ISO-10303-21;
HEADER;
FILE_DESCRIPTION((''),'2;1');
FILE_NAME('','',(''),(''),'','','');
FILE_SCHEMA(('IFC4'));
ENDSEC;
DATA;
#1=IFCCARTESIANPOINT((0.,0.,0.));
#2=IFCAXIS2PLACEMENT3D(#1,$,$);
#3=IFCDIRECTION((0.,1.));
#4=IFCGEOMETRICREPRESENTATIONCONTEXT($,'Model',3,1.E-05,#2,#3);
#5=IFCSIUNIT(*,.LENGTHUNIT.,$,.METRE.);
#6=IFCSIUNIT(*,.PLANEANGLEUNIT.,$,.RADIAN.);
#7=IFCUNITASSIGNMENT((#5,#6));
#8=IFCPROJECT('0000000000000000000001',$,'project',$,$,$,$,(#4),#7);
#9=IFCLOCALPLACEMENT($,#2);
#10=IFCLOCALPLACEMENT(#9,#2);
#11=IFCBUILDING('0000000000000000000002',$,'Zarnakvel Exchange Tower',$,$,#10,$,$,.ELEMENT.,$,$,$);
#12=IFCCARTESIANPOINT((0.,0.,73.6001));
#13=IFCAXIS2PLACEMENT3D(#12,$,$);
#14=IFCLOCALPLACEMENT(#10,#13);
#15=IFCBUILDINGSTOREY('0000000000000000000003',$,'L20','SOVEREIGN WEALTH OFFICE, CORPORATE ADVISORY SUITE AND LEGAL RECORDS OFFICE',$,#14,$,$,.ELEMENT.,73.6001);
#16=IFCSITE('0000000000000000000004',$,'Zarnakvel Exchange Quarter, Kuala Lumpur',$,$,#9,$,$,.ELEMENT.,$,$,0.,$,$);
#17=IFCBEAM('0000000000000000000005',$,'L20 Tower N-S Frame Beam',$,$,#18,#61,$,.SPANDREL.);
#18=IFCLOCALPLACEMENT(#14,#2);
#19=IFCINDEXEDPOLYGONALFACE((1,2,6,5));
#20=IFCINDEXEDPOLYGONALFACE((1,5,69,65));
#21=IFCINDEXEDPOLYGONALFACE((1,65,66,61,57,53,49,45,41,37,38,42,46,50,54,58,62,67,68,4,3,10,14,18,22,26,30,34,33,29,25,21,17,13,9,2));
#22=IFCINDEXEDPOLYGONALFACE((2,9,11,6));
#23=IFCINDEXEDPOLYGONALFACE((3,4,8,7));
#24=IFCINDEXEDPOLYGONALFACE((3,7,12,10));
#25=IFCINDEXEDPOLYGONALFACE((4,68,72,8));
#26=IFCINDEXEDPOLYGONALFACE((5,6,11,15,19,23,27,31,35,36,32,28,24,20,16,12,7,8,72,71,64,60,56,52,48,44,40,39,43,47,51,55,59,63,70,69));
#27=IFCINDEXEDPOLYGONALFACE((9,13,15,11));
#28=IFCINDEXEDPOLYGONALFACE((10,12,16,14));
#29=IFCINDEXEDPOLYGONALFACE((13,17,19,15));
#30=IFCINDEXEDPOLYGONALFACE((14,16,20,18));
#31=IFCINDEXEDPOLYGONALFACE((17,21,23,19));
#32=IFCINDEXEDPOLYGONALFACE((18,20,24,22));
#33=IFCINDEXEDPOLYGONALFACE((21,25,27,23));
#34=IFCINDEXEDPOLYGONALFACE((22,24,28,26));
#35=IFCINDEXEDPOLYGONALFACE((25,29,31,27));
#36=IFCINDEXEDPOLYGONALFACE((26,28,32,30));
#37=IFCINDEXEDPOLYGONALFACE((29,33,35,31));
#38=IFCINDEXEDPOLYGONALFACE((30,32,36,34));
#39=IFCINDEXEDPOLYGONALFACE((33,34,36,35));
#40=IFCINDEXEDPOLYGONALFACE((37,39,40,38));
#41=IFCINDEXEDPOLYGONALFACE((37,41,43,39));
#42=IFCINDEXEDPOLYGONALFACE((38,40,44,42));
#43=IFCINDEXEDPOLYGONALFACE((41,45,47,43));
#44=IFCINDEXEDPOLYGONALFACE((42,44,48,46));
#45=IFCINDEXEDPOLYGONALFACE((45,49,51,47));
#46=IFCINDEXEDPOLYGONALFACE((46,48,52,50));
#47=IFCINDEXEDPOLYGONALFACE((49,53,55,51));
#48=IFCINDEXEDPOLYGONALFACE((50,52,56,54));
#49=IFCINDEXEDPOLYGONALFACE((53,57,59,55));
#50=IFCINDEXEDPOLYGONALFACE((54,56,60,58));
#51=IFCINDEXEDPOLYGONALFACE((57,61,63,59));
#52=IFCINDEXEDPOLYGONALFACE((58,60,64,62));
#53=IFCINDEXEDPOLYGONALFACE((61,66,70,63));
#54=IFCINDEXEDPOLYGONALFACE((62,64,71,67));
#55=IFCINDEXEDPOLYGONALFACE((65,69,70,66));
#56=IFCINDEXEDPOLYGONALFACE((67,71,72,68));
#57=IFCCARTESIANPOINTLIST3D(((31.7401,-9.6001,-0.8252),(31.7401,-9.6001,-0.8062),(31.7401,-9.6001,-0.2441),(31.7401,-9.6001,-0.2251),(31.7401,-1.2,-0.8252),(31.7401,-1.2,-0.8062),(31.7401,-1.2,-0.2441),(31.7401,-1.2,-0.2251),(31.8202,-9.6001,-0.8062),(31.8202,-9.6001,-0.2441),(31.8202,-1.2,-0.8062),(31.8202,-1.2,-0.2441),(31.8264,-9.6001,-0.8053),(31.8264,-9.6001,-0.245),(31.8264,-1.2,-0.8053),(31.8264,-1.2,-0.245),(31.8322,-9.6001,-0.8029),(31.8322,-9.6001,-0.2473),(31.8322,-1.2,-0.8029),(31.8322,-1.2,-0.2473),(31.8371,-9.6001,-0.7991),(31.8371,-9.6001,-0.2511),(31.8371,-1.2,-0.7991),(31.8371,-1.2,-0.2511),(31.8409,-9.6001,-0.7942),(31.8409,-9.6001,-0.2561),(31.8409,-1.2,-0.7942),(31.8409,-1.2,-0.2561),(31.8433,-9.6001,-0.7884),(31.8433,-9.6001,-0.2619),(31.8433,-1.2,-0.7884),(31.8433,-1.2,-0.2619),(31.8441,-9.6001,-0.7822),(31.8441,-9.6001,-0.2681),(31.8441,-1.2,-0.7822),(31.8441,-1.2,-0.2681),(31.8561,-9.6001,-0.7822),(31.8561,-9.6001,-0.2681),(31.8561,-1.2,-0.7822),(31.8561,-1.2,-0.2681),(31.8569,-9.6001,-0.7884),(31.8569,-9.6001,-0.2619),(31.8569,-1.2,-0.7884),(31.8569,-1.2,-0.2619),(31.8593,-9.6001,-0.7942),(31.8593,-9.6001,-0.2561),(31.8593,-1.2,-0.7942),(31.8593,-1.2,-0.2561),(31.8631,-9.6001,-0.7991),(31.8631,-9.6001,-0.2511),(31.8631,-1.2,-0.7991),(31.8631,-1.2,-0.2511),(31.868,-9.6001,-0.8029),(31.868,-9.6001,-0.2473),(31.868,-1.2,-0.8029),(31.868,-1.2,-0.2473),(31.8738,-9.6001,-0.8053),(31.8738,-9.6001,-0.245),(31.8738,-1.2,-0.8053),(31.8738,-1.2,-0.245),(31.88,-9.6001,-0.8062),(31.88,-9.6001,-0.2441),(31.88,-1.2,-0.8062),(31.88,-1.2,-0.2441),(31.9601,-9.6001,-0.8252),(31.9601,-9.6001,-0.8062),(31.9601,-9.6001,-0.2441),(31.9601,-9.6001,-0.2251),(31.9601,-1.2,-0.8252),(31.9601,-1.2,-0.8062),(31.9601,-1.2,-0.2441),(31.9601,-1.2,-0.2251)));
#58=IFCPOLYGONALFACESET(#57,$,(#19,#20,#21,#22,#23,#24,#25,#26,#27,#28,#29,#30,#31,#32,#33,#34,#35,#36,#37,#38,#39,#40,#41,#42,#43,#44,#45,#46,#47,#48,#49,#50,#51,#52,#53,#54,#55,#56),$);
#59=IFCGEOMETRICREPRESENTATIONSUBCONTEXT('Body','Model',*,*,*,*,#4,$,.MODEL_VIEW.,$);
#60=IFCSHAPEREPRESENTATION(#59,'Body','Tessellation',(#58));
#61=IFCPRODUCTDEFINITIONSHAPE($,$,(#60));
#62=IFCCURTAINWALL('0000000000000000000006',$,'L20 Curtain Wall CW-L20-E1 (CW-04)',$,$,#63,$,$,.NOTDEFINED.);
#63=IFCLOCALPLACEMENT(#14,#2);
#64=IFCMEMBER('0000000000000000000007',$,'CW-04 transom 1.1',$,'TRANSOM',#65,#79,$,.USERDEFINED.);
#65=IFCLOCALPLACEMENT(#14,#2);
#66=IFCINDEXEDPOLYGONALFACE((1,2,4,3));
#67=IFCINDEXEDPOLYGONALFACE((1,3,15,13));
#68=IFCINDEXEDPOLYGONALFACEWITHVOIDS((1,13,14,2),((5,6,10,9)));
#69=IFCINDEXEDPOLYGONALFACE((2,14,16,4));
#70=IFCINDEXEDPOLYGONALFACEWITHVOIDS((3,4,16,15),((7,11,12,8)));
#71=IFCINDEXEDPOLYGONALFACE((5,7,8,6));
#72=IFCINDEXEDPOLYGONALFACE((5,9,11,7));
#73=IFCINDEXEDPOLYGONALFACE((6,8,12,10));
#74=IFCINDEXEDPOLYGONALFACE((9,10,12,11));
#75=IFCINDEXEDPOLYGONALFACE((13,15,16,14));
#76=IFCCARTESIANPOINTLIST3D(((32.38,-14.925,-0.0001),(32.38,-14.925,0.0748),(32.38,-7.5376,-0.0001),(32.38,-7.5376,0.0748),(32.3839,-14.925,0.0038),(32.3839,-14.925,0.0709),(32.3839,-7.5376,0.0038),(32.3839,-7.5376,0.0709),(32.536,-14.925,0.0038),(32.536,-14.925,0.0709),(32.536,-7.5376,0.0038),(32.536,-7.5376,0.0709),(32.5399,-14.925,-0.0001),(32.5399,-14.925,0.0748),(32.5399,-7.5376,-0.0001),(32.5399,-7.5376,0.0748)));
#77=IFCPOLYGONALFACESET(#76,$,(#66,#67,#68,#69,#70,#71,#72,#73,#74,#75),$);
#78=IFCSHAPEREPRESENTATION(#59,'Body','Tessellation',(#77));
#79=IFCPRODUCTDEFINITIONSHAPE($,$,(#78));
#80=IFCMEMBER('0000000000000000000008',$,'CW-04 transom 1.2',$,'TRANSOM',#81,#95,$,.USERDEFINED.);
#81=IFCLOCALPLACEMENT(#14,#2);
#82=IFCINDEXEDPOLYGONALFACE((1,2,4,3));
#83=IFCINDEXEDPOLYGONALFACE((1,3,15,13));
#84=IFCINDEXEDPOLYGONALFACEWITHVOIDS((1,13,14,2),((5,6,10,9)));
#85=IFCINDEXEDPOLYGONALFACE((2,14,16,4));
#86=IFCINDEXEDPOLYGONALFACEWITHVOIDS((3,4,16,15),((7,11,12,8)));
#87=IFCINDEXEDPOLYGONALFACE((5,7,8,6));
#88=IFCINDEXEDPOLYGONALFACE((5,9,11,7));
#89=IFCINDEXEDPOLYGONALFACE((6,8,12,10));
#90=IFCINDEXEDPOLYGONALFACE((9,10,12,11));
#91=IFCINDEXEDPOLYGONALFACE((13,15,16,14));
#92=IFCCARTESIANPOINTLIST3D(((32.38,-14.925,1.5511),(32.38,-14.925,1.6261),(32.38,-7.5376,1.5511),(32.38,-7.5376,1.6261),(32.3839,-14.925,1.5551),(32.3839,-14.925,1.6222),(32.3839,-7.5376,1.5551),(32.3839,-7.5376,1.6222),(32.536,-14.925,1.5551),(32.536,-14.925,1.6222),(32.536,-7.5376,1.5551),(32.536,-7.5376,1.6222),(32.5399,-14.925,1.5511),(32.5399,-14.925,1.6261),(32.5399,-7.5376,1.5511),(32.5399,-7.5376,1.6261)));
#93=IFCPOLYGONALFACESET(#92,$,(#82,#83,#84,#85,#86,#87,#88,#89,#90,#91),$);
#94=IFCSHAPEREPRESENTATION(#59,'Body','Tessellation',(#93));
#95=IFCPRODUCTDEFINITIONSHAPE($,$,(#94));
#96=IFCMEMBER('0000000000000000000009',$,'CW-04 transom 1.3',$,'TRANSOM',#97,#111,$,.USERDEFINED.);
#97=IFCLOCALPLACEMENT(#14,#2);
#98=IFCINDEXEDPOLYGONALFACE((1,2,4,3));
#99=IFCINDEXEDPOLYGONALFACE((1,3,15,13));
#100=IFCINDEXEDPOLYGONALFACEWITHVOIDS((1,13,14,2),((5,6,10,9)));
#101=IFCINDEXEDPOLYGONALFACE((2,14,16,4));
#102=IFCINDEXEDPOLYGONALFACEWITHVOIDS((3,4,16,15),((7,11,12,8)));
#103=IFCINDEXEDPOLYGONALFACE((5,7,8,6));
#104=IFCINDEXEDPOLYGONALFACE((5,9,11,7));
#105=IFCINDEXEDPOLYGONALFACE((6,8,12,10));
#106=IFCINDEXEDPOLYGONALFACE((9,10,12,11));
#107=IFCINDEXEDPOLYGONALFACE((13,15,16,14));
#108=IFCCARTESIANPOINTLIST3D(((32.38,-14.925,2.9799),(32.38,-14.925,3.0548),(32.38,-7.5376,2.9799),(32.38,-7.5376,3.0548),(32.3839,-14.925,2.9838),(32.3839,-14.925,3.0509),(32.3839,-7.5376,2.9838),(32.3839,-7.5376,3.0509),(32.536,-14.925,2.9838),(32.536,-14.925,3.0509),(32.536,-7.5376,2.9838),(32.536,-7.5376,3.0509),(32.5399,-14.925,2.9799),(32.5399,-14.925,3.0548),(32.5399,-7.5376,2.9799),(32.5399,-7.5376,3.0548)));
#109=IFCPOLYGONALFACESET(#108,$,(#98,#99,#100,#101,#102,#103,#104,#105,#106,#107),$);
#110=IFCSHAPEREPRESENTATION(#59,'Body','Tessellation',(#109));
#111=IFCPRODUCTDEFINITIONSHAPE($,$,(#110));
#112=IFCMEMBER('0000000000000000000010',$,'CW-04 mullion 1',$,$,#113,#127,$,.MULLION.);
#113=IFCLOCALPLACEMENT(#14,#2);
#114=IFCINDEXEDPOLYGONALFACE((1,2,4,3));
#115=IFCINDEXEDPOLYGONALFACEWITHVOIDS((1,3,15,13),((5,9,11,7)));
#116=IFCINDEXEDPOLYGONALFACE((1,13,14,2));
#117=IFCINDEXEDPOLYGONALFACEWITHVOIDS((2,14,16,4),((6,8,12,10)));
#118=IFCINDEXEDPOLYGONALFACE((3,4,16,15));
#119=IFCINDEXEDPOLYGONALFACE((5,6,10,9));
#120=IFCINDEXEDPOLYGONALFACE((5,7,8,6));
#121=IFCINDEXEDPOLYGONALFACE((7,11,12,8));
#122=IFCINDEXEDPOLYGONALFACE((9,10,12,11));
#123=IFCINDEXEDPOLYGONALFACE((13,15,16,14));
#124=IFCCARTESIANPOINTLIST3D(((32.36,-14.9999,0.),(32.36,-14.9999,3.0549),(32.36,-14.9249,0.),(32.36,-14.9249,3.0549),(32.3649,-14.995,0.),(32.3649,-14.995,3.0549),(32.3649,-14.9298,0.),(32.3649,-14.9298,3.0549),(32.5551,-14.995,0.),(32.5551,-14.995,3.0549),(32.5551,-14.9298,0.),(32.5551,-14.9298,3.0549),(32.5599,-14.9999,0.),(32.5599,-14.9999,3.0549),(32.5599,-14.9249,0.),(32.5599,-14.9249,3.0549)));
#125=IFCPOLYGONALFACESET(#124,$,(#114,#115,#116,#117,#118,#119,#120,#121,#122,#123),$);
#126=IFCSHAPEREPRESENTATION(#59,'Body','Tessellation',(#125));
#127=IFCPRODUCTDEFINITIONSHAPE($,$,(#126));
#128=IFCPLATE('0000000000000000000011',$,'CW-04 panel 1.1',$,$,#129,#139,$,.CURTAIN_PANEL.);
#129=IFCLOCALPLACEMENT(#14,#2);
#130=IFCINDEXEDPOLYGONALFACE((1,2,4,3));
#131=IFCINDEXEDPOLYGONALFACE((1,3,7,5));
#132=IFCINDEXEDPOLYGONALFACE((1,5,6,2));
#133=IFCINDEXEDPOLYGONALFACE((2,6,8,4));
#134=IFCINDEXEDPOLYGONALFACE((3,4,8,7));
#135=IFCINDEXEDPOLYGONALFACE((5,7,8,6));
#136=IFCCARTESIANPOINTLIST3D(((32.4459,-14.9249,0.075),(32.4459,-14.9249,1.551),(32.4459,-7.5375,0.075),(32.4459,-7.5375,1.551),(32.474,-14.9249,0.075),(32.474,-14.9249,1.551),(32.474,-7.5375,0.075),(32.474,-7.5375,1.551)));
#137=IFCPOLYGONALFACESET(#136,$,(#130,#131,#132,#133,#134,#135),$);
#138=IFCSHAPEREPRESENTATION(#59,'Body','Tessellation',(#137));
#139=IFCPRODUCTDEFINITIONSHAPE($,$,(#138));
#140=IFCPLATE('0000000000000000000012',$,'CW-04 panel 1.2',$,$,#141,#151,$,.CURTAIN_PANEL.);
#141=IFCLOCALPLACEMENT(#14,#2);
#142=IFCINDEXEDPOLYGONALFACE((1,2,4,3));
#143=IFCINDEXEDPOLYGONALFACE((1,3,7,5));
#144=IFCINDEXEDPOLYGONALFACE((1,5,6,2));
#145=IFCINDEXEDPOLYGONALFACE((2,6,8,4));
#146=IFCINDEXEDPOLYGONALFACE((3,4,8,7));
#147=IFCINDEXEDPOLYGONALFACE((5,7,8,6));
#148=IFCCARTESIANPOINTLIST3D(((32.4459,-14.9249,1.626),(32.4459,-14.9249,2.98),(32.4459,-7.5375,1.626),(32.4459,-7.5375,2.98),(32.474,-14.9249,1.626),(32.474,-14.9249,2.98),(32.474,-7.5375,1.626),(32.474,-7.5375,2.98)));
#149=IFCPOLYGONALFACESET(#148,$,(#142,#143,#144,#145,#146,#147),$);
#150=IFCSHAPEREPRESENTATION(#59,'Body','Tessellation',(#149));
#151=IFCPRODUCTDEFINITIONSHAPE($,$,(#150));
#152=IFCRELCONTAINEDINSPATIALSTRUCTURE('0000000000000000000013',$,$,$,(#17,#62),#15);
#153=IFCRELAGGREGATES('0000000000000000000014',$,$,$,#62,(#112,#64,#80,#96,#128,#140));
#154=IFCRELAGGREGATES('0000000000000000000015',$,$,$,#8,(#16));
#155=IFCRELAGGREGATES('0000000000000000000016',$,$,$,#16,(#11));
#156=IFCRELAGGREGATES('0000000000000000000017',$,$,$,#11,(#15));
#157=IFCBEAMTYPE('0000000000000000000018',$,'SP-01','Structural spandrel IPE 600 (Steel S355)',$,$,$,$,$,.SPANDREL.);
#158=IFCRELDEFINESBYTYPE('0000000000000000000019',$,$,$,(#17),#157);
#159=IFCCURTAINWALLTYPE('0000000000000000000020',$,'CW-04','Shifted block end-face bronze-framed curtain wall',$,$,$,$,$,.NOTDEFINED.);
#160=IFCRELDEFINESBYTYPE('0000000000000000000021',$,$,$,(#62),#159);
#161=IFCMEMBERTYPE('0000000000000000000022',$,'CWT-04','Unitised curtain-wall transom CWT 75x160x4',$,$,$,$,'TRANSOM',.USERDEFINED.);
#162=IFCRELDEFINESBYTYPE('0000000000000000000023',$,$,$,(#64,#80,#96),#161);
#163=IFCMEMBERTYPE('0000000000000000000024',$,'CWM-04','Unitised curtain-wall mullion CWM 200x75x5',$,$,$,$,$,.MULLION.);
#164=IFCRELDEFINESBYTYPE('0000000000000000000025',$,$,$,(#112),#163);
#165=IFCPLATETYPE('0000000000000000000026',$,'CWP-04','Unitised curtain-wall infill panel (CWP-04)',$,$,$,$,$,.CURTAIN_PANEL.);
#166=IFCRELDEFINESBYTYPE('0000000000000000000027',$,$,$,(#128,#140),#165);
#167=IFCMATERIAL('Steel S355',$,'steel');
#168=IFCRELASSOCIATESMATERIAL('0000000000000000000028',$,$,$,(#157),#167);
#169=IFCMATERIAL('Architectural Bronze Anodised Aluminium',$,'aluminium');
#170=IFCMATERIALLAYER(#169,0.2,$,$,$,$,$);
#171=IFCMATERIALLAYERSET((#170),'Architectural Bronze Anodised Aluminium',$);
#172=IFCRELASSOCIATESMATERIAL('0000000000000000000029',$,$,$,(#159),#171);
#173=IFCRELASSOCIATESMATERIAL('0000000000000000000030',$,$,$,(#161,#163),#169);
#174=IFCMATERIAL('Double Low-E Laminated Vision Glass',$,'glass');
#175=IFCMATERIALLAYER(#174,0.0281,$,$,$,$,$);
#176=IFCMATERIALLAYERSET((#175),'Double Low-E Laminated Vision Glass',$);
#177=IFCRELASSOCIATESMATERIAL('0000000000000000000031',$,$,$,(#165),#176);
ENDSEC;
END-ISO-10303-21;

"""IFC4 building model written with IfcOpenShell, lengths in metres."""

from ifc_helpers import new_model, si_unit, direction, frame, origin, origin_2d, place, context, subcontext, project, spatial, rectangle, hollow_rectangle, i_section, extrude, source, transform, mapped, material, layer, layer_set, material_profile, profile_set, type_object, element, aggregate, save


model = new_model("IFC4")

# Units and contexts
model_context = context("Model", 3, precision=1e-05, world=origin(), true_north=direction((0.0, 1.0)))
body_context = subcontext(model_context, "Body", "Model", "MODEL_VIEW")
ifc_project = project(units=[si_unit("LENGTHUNIT", "METRE"), si_unit("PLANEANGLEUNIT", "RADIAN")], contexts=[model_context])

# Site, building, storey
site_placement = place(None, origin())
site = spatial("IfcSite", under=ifc_project, at=site_placement, Name="Zarnakvel Exchange Quarter, Kuala Lumpur", CompositionType="ELEMENT", RefElevation=0.0)
building_placement = place(site_placement, origin())
building = spatial("IfcBuilding", under=site, at=building_placement, Name="Zarnakvel Exchange Tower", CompositionType="ELEMENT")
storey_placement = place(building_placement, frame((0.0, 0.0, 73.6001)))
storey = spatial("IfcBuildingStorey", under=building, at=storey_placement, Name="L20", Description="SOVEREIGN WEALTH OFFICE, CORPORATE ADVISORY SUITE AND LEGAL RECORDS OFFICE", CompositionType="ELEMENT", Elevation=73.6001)

# Shared definitions
ifc_material_1 = material(Name="Steel S355", Category="steel")

# Beam
ifc_material_profile_1 = material_profile(ifc_material_1, i_section(OverallWidth=0.22, OverallDepth=0.6001, WebThickness=0.012, FlangeThickness=0.019, FilletRadius=0.0239, at=origin_2d()))
ifc_profile_set_1 = profile_set([ifc_material_profile_1], Name="Steel S355")
beam_type_1 = type_object("IfcBeamType", Name="SP-01", Description="Structural spandrel IPE 600 (Steel S355)", PredefinedType="SPANDREL", material=ifc_profile_set_1)
beam_1_placement = place(storey_placement, frame((31.8501, -9.6001, -0.5251), z_axis=(0.0, 1.0, 0.0), x_axis=(-1.0, 0.0, 0.0)))
element("IfcBeam", 1, at=beam_1_placement, inside=storey, type_object=beam_type_1, Name="L20 Tower N-S Frame Beam", PredefinedType="SPANDREL", context=body_context, shape_type="SweptSolid", body=[
    extrude(i_section(OverallWidth=0.22, OverallDepth=0.6001, WebThickness=0.012, FlangeThickness=0.019, FilletRadius=0.0239, at=origin_2d()), origin(), (0.0, 0.0, 1.0), 8.4001),
])

# Curtain wall, members, plates
ifc_material_2 = material(Name="Architectural Bronze Anodised Aluminium", Category="aluminium")
ifc_layer_1 = layer(ifc_material_2, 0.2)
ifc_layer_set_1 = layer_set([ifc_layer_1], Name="Architectural Bronze Anodised Aluminium")
curtain_wall_type = type_object("IfcCurtainWallType", Name="CW-04", Description="Shifted block end-face bronze-framed curtain wall", PredefinedType="NOTDEFINED", material=ifc_layer_set_1)
curtain_wall_placement = place(storey_placement, origin())
curtain_wall = element("IfcCurtainWall", 2, at=curtain_wall_placement, inside=storey, type_object=curtain_wall_type, Name="L20 Curtain Wall CW-L20-E1 (CW-04)", PredefinedType="NOTDEFINED")
ifc_material_profile_2 = material_profile(ifc_material_2, hollow_rectangle(XDim=0.1599, YDim=0.075, WallThickness=0.0039, at=origin_2d()))
ifc_profile_set_2 = profile_set([ifc_material_profile_2], Name="Architectural Bronze Anodised Aluminium")
member_type_1 = type_object("IfcMemberType", Name="CWT-04", Description="Unitised curtain-wall transom CWT 75x160x4", ElementType="TRANSOM", PredefinedType="USERDEFINED", material=ifc_profile_set_2)
shared_shape_1 = source(origin(), body_context, "Body", "SweptSolid", [
    extrude(hollow_rectangle(XDim=0.1599, YDim=0.075, WallThickness=0.0039, at=origin_2d()), origin(), (0.0, 0.0, 1.0), 7.3875),
])
member_1_placement = place(storey_placement, frame((32.46, -14.925, 0.0374), z_axis=(0.0, 1.0, 0.0), x_axis=(-1.0, 0.0, 0.0)))
member_1 = element("IfcMember", 3, at=member_1_placement, type_object=member_type_1, Name="CW-04 transom 1.1", ObjectType="TRANSOM", PredefinedType="USERDEFINED", context=body_context, shape_type="MappedRepresentation", body=[
    mapped(shared_shape_1, transform((0.0, 0.0, 0.0), x_axis=(1.0, 0.0, 0.0), y_axis=(0.0, 1.0, 0.0), z_axis=(0.0, 0.0, 1.0), scale=1.0)),
])
member_2_placement = place(storey_placement, frame((32.46, -14.925, 1.5886), z_axis=(0.0, 1.0, 0.0), x_axis=(-1.0, 0.0, 0.0)))
member_2 = element("IfcMember", 4, at=member_2_placement, type_object=member_type_1, Name="CW-04 transom 1.2", ObjectType="TRANSOM", PredefinedType="USERDEFINED", context=body_context, shape_type="MappedRepresentation", body=[
    mapped(shared_shape_1, transform((0.0, 0.0, 0.0), x_axis=(1.0, 0.0, 0.0), y_axis=(0.0, 1.0, 0.0), z_axis=(0.0, 0.0, 1.0), scale=1.0)),
])
member_3_placement = place(storey_placement, frame((32.46, -14.925, 3.0173), z_axis=(0.0, 1.0, 0.0), x_axis=(-1.0, 0.0, 0.0)))
member_3 = element("IfcMember", 5, at=member_3_placement, type_object=member_type_1, Name="CW-04 transom 1.3", ObjectType="TRANSOM", PredefinedType="USERDEFINED", context=body_context, shape_type="MappedRepresentation", body=[
    mapped(shared_shape_1, transform((0.0, 0.0, 0.0), x_axis=(1.0, 0.0, 0.0), y_axis=(0.0, 1.0, 0.0), z_axis=(0.0, 0.0, 1.0), scale=1.0)),
])
ifc_material_profile_3 = material_profile(ifc_material_2, hollow_rectangle(XDim=0.2, YDim=0.075, WallThickness=0.0049, at=origin_2d()))
ifc_profile_set_3 = profile_set([ifc_material_profile_3], Name="Architectural Bronze Anodised Aluminium")
member_type_2 = type_object("IfcMemberType", Name="CWM-04", Description="Unitised curtain-wall mullion CWM 200x75x5", PredefinedType="MULLION", material=ifc_profile_set_3)
shared_shape_2 = source(origin(), body_context, "Body", "SweptSolid", [
    extrude(hollow_rectangle(XDim=0.2, YDim=0.075, WallThickness=0.0049, at=origin_2d()), origin(), (0.0, 0.0, 1.0), 3.0549),
])
member_4_placement = place(storey_placement, frame((32.46, -14.9624, 0.0), z_axis=(0.0, 0.0, 1.0), x_axis=(-1.0, 0.0, 0.0)))
member_4 = element("IfcMember", 6, at=member_4_placement, type_object=member_type_2, Name="CW-04 mullion 1", PredefinedType="MULLION", context=body_context, shape_type="MappedRepresentation", body=[
    mapped(shared_shape_2, transform((0.0, 0.0, 0.0), x_axis=(1.0, 0.0, 0.0), y_axis=(0.0, 1.0, 0.0), z_axis=(0.0, 0.0, 1.0), scale=1.0)),
])
ifc_material_3 = material(Name="Double Low-E Laminated Vision Glass", Category="glass")
ifc_layer_2 = layer(ifc_material_3, 0.0281)
ifc_layer_set_2 = layer_set([ifc_layer_2], Name="Double Low-E Laminated Vision Glass")
plate_type = type_object("IfcPlateType", Name="CWP-04", Description="Unitised curtain-wall infill panel (CWP-04)", PredefinedType="CURTAIN_PANEL", material=ifc_layer_set_2)
shared_shape_3 = source(origin(), body_context, "Body", "SweptSolid", [
    extrude(rectangle(XDim=7.3875, YDim=0.0281, at=origin_2d()), origin(), (0.0, 0.0, 1.0), 1.4761),
])
plate_1_placement = place(storey_placement, frame((32.46, -11.2312, 0.075), z_axis=(0.0, 0.0, 1.0), x_axis=(0.0, 1.0, 0.0)))
plate_1 = element("IfcPlate", 7, at=plate_1_placement, type_object=plate_type, Name="CW-04 panel 1.1", PredefinedType="CURTAIN_PANEL", context=body_context, shape_type="MappedRepresentation", body=[
    mapped(shared_shape_3, transform((0.0, 0.0, 0.0), x_axis=(1.0, 0.0, 0.0), y_axis=(0.0, 1.0, 0.0), z_axis=(0.0, 0.0, 1.0), scale=1.0)),
])
shared_shape_4 = source(origin(), body_context, "Body", "SweptSolid", [
    extrude(rectangle(XDim=7.3875, YDim=0.0281, at=origin_2d()), origin(), (0.0, 0.0, 1.0), 1.354),
])
plate_2_placement = place(storey_placement, frame((32.46, -11.2312, 1.626), z_axis=(0.0, 0.0, 1.0), x_axis=(0.0, 1.0, 0.0)))
plate_2 = element("IfcPlate", 8, at=plate_2_placement, type_object=plate_type, Name="CW-04 panel 1.2", PredefinedType="CURTAIN_PANEL", context=body_context, shape_type="MappedRepresentation", body=[
    mapped(shared_shape_4, transform((0.0, 0.0, 0.0), x_axis=(1.0, 0.0, 0.0), y_axis=(0.0, 1.0, 0.0), z_axis=(0.0, 0.0, 1.0), scale=1.0)),
])
aggregate(curtain_wall, [member_4, member_1, member_2, member_3, plate_1, plate_2])

save(model, "model.ifc")
